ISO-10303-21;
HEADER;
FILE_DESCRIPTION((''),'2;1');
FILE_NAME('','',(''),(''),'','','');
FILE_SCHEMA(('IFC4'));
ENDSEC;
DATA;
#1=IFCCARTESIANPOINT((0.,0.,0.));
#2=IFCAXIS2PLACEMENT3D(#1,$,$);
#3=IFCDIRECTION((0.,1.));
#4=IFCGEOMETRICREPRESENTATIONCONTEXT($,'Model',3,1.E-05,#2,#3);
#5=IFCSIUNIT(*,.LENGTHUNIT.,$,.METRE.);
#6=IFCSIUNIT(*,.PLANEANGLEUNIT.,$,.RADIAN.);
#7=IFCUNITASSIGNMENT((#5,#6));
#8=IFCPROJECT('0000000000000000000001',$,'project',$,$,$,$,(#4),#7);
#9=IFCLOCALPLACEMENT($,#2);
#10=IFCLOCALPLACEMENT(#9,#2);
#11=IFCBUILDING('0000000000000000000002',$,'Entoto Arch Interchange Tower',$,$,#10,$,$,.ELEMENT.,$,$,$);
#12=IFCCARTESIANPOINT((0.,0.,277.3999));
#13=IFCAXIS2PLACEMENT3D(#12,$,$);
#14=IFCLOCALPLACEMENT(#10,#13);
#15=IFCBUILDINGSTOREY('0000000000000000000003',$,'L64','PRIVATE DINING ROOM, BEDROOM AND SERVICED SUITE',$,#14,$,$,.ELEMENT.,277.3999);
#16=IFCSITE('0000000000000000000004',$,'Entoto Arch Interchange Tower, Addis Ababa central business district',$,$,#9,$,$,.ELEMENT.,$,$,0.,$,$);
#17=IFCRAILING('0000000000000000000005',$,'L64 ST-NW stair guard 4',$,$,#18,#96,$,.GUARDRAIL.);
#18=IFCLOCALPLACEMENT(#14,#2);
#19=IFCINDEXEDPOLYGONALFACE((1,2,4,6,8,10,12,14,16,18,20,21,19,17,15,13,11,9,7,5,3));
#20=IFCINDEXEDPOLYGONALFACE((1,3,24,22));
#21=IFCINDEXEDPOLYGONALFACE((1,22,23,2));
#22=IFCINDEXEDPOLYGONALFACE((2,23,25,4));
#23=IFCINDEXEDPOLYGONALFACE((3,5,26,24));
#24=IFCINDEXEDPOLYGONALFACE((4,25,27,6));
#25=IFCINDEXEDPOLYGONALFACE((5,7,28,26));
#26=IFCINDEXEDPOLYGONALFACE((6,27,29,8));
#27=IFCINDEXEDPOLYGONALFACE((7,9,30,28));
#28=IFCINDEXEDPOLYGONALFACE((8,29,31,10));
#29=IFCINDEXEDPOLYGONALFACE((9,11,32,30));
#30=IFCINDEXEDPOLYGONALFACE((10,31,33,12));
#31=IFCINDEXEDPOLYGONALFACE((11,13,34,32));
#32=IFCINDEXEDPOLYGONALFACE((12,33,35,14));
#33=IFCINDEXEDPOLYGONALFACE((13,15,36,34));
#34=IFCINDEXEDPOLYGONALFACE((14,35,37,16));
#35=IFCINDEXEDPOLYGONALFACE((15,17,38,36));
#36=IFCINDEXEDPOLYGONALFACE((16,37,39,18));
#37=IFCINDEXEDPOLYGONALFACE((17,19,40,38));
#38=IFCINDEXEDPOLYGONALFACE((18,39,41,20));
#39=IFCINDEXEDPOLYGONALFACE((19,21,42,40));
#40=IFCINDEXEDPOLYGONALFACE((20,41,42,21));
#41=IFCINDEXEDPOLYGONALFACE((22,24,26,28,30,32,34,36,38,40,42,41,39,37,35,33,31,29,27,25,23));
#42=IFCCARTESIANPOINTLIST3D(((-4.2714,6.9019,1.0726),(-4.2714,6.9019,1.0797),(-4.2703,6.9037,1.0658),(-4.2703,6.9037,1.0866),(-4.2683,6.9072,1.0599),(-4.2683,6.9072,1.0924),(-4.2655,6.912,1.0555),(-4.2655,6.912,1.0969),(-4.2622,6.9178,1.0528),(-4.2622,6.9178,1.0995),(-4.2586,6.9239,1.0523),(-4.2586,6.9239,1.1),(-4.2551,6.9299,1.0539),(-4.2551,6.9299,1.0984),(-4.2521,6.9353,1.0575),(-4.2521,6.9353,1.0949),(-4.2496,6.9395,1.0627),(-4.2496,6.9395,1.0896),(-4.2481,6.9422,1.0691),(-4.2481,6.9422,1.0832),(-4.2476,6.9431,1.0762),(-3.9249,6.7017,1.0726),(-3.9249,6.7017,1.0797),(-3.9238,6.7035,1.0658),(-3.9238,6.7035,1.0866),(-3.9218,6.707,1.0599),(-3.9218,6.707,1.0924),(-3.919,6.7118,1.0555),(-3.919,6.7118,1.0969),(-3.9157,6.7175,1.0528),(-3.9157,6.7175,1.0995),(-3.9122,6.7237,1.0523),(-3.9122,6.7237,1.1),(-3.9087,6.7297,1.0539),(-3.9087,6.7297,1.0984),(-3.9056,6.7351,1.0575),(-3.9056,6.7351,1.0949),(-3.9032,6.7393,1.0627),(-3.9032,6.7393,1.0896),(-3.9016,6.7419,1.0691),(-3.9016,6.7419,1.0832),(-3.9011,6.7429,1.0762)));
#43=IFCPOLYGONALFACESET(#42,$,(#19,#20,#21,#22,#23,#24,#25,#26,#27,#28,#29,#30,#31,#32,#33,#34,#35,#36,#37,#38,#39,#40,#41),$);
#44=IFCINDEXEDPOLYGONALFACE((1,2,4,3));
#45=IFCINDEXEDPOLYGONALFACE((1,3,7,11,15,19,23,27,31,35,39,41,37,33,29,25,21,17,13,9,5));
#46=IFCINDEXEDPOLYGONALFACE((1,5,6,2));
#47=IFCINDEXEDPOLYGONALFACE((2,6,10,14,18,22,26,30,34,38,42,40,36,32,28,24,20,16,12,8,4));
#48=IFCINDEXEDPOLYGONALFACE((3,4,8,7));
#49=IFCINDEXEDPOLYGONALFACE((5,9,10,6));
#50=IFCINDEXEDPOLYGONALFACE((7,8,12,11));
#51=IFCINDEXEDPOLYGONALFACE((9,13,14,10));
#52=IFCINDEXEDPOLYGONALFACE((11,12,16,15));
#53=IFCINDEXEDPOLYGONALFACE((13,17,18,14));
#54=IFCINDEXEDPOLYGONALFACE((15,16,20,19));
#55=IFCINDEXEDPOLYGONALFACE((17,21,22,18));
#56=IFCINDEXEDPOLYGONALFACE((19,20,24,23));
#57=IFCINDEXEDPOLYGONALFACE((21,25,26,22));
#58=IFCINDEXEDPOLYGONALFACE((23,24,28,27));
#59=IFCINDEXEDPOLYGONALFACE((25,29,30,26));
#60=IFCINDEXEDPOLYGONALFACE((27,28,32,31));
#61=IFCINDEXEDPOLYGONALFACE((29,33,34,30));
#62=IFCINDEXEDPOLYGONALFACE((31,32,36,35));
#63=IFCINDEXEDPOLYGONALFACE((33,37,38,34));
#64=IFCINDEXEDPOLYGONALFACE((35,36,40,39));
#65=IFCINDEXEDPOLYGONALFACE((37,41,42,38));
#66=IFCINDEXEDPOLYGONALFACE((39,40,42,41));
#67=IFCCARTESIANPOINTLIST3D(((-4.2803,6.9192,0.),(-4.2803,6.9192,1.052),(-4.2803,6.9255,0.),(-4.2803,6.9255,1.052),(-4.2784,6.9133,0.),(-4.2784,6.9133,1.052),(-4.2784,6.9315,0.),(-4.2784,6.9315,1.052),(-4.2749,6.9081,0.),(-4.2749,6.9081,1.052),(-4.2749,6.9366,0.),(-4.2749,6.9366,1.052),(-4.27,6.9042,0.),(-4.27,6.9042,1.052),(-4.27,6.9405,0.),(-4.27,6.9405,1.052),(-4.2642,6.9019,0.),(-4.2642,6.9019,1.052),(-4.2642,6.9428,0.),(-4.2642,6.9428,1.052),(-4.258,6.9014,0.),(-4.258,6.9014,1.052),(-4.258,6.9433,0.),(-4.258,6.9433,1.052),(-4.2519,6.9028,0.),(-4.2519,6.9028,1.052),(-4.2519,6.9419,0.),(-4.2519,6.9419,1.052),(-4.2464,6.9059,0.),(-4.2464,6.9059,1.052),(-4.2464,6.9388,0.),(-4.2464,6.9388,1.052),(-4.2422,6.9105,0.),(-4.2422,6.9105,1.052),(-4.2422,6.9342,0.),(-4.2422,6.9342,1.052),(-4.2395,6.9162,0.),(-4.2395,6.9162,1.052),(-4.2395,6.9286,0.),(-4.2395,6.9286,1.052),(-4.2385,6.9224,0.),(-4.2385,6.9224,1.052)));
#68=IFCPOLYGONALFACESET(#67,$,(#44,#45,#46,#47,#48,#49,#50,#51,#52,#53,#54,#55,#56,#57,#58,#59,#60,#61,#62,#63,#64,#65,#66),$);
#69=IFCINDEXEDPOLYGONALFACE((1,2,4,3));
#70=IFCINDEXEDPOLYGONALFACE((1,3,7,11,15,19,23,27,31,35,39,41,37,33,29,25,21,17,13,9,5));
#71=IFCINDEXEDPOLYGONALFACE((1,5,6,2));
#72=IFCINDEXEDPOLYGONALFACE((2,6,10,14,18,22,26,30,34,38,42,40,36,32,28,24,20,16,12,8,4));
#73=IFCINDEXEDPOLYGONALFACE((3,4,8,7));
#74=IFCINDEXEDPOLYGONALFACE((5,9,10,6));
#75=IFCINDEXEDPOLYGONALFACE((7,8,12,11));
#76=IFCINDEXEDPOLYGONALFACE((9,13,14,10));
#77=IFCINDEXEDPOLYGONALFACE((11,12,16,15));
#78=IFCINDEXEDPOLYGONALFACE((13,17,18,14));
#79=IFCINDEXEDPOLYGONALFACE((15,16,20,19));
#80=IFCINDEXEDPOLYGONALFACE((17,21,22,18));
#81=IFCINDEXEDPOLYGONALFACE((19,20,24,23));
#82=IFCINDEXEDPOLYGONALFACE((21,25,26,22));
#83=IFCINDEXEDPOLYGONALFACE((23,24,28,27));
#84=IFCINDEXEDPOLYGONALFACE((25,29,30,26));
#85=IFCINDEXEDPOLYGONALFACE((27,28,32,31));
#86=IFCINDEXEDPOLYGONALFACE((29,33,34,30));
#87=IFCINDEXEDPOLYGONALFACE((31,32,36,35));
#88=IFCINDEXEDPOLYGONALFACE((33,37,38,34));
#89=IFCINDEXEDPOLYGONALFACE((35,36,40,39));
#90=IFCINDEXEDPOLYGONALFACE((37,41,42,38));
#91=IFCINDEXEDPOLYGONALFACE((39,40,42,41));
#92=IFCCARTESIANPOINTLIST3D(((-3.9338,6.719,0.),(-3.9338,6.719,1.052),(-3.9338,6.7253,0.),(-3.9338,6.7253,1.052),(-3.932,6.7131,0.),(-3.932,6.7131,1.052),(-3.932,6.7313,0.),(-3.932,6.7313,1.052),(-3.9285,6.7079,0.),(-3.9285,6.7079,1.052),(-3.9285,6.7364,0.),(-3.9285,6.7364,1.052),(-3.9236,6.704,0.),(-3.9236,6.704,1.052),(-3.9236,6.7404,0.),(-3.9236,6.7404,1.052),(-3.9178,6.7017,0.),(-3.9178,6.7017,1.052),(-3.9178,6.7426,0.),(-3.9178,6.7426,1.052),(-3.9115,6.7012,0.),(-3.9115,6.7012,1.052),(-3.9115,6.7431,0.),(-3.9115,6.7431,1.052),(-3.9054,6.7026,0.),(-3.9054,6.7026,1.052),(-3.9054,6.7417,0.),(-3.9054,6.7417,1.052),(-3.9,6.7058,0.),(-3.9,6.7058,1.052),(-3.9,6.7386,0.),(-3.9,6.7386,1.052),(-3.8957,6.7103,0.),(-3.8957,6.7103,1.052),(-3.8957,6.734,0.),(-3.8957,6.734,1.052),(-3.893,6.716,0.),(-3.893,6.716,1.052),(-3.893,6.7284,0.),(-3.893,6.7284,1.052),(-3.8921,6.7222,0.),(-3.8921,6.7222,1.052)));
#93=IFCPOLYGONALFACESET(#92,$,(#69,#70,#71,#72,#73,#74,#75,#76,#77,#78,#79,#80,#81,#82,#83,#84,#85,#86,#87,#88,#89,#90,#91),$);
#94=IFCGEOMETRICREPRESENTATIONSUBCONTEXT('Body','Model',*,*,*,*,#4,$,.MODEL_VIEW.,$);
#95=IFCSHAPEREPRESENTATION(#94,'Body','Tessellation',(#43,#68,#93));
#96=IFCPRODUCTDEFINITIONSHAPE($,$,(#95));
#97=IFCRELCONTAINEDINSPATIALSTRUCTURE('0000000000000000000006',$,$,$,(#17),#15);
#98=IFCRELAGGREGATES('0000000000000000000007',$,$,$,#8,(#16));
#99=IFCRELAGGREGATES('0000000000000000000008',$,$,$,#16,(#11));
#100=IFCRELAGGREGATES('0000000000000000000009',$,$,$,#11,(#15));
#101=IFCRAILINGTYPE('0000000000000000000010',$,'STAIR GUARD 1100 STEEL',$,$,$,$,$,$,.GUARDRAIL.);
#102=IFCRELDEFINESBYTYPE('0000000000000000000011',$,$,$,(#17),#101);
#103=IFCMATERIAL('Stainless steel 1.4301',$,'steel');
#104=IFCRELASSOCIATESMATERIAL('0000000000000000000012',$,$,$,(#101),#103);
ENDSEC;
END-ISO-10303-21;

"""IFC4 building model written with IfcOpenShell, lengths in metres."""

from ifc_helpers import new_model, si_unit, direction, frame, origin, origin_2d, place, context, subcontext, project, spatial, circle, extrude, material, type_object, element, save


model = new_model("IFC4")

# Units and contexts
model_context = context("Model", 3, precision=1e-05, world=origin(), true_north=direction((0.0, 1.0)))
body_context = subcontext(model_context, "Body", "Model", "MODEL_VIEW")
ifc_project = project(units=[si_unit("LENGTHUNIT", "METRE"), si_unit("PLANEANGLEUNIT", "RADIAN")], contexts=[model_context])

# Site, building, storey
site_placement = place(None, origin())
site = spatial("IfcSite", under=ifc_project, at=site_placement, Name="Entoto Arch Interchange Tower, Addis Ababa central business district", CompositionType="ELEMENT", RefElevation=0.0)
building_placement = place(site_placement, origin())
building = spatial("IfcBuilding", under=site, at=building_placement, Name="Entoto Arch Interchange Tower", CompositionType="ELEMENT")
storey_placement = place(building_placement, frame((0.0, 0.0, 277.3999)))
storey = spatial("IfcBuildingStorey", under=building, at=storey_placement, Name="L64", Description="PRIVATE DINING ROOM, BEDROOM AND SERVICED SUITE", CompositionType="ELEMENT", Elevation=277.3999)

# Railing
ifc_material_1 = material(Name="Stainless steel 1.4301", Category="steel")
railing_type_1 = type_object("IfcRailingType", Name="STAIR GUARD 1100 STEEL", PredefinedType="GUARDRAIL", material=ifc_material_1)
railing_1_placement = place(storey_placement, frame((-4.2595, 6.9224, 0.0)))
element("IfcRailing", 1, at=railing_1_placement, inside=storey, type_object=railing_type_1, Name="L64 ST-NW stair guard 4", PredefinedType="GUARDRAIL", context=body_context, shape_type="SweptSolid", body=[
    extrude(circle(Radius=0.0239, at=origin_2d()), frame((0.0, 0.0, 1.0762), z_axis=(0.86583, -0.500339, 0.0), x_axis=(0.500339, 0.86583, 0.0)), (0.0, 0.0, 1.0), 0.4001),
    extrude(circle(Radius=0.021, at=origin_2d()), origin(), (0.0, 0.0, 1.0), 1.052),
    extrude(circle(Radius=0.021, at=origin_2d()), frame((0.3464, -0.2002, 0.0)), (0.0, 0.0, 1.0), 1.052),
])

save(model, "model.ifc")
